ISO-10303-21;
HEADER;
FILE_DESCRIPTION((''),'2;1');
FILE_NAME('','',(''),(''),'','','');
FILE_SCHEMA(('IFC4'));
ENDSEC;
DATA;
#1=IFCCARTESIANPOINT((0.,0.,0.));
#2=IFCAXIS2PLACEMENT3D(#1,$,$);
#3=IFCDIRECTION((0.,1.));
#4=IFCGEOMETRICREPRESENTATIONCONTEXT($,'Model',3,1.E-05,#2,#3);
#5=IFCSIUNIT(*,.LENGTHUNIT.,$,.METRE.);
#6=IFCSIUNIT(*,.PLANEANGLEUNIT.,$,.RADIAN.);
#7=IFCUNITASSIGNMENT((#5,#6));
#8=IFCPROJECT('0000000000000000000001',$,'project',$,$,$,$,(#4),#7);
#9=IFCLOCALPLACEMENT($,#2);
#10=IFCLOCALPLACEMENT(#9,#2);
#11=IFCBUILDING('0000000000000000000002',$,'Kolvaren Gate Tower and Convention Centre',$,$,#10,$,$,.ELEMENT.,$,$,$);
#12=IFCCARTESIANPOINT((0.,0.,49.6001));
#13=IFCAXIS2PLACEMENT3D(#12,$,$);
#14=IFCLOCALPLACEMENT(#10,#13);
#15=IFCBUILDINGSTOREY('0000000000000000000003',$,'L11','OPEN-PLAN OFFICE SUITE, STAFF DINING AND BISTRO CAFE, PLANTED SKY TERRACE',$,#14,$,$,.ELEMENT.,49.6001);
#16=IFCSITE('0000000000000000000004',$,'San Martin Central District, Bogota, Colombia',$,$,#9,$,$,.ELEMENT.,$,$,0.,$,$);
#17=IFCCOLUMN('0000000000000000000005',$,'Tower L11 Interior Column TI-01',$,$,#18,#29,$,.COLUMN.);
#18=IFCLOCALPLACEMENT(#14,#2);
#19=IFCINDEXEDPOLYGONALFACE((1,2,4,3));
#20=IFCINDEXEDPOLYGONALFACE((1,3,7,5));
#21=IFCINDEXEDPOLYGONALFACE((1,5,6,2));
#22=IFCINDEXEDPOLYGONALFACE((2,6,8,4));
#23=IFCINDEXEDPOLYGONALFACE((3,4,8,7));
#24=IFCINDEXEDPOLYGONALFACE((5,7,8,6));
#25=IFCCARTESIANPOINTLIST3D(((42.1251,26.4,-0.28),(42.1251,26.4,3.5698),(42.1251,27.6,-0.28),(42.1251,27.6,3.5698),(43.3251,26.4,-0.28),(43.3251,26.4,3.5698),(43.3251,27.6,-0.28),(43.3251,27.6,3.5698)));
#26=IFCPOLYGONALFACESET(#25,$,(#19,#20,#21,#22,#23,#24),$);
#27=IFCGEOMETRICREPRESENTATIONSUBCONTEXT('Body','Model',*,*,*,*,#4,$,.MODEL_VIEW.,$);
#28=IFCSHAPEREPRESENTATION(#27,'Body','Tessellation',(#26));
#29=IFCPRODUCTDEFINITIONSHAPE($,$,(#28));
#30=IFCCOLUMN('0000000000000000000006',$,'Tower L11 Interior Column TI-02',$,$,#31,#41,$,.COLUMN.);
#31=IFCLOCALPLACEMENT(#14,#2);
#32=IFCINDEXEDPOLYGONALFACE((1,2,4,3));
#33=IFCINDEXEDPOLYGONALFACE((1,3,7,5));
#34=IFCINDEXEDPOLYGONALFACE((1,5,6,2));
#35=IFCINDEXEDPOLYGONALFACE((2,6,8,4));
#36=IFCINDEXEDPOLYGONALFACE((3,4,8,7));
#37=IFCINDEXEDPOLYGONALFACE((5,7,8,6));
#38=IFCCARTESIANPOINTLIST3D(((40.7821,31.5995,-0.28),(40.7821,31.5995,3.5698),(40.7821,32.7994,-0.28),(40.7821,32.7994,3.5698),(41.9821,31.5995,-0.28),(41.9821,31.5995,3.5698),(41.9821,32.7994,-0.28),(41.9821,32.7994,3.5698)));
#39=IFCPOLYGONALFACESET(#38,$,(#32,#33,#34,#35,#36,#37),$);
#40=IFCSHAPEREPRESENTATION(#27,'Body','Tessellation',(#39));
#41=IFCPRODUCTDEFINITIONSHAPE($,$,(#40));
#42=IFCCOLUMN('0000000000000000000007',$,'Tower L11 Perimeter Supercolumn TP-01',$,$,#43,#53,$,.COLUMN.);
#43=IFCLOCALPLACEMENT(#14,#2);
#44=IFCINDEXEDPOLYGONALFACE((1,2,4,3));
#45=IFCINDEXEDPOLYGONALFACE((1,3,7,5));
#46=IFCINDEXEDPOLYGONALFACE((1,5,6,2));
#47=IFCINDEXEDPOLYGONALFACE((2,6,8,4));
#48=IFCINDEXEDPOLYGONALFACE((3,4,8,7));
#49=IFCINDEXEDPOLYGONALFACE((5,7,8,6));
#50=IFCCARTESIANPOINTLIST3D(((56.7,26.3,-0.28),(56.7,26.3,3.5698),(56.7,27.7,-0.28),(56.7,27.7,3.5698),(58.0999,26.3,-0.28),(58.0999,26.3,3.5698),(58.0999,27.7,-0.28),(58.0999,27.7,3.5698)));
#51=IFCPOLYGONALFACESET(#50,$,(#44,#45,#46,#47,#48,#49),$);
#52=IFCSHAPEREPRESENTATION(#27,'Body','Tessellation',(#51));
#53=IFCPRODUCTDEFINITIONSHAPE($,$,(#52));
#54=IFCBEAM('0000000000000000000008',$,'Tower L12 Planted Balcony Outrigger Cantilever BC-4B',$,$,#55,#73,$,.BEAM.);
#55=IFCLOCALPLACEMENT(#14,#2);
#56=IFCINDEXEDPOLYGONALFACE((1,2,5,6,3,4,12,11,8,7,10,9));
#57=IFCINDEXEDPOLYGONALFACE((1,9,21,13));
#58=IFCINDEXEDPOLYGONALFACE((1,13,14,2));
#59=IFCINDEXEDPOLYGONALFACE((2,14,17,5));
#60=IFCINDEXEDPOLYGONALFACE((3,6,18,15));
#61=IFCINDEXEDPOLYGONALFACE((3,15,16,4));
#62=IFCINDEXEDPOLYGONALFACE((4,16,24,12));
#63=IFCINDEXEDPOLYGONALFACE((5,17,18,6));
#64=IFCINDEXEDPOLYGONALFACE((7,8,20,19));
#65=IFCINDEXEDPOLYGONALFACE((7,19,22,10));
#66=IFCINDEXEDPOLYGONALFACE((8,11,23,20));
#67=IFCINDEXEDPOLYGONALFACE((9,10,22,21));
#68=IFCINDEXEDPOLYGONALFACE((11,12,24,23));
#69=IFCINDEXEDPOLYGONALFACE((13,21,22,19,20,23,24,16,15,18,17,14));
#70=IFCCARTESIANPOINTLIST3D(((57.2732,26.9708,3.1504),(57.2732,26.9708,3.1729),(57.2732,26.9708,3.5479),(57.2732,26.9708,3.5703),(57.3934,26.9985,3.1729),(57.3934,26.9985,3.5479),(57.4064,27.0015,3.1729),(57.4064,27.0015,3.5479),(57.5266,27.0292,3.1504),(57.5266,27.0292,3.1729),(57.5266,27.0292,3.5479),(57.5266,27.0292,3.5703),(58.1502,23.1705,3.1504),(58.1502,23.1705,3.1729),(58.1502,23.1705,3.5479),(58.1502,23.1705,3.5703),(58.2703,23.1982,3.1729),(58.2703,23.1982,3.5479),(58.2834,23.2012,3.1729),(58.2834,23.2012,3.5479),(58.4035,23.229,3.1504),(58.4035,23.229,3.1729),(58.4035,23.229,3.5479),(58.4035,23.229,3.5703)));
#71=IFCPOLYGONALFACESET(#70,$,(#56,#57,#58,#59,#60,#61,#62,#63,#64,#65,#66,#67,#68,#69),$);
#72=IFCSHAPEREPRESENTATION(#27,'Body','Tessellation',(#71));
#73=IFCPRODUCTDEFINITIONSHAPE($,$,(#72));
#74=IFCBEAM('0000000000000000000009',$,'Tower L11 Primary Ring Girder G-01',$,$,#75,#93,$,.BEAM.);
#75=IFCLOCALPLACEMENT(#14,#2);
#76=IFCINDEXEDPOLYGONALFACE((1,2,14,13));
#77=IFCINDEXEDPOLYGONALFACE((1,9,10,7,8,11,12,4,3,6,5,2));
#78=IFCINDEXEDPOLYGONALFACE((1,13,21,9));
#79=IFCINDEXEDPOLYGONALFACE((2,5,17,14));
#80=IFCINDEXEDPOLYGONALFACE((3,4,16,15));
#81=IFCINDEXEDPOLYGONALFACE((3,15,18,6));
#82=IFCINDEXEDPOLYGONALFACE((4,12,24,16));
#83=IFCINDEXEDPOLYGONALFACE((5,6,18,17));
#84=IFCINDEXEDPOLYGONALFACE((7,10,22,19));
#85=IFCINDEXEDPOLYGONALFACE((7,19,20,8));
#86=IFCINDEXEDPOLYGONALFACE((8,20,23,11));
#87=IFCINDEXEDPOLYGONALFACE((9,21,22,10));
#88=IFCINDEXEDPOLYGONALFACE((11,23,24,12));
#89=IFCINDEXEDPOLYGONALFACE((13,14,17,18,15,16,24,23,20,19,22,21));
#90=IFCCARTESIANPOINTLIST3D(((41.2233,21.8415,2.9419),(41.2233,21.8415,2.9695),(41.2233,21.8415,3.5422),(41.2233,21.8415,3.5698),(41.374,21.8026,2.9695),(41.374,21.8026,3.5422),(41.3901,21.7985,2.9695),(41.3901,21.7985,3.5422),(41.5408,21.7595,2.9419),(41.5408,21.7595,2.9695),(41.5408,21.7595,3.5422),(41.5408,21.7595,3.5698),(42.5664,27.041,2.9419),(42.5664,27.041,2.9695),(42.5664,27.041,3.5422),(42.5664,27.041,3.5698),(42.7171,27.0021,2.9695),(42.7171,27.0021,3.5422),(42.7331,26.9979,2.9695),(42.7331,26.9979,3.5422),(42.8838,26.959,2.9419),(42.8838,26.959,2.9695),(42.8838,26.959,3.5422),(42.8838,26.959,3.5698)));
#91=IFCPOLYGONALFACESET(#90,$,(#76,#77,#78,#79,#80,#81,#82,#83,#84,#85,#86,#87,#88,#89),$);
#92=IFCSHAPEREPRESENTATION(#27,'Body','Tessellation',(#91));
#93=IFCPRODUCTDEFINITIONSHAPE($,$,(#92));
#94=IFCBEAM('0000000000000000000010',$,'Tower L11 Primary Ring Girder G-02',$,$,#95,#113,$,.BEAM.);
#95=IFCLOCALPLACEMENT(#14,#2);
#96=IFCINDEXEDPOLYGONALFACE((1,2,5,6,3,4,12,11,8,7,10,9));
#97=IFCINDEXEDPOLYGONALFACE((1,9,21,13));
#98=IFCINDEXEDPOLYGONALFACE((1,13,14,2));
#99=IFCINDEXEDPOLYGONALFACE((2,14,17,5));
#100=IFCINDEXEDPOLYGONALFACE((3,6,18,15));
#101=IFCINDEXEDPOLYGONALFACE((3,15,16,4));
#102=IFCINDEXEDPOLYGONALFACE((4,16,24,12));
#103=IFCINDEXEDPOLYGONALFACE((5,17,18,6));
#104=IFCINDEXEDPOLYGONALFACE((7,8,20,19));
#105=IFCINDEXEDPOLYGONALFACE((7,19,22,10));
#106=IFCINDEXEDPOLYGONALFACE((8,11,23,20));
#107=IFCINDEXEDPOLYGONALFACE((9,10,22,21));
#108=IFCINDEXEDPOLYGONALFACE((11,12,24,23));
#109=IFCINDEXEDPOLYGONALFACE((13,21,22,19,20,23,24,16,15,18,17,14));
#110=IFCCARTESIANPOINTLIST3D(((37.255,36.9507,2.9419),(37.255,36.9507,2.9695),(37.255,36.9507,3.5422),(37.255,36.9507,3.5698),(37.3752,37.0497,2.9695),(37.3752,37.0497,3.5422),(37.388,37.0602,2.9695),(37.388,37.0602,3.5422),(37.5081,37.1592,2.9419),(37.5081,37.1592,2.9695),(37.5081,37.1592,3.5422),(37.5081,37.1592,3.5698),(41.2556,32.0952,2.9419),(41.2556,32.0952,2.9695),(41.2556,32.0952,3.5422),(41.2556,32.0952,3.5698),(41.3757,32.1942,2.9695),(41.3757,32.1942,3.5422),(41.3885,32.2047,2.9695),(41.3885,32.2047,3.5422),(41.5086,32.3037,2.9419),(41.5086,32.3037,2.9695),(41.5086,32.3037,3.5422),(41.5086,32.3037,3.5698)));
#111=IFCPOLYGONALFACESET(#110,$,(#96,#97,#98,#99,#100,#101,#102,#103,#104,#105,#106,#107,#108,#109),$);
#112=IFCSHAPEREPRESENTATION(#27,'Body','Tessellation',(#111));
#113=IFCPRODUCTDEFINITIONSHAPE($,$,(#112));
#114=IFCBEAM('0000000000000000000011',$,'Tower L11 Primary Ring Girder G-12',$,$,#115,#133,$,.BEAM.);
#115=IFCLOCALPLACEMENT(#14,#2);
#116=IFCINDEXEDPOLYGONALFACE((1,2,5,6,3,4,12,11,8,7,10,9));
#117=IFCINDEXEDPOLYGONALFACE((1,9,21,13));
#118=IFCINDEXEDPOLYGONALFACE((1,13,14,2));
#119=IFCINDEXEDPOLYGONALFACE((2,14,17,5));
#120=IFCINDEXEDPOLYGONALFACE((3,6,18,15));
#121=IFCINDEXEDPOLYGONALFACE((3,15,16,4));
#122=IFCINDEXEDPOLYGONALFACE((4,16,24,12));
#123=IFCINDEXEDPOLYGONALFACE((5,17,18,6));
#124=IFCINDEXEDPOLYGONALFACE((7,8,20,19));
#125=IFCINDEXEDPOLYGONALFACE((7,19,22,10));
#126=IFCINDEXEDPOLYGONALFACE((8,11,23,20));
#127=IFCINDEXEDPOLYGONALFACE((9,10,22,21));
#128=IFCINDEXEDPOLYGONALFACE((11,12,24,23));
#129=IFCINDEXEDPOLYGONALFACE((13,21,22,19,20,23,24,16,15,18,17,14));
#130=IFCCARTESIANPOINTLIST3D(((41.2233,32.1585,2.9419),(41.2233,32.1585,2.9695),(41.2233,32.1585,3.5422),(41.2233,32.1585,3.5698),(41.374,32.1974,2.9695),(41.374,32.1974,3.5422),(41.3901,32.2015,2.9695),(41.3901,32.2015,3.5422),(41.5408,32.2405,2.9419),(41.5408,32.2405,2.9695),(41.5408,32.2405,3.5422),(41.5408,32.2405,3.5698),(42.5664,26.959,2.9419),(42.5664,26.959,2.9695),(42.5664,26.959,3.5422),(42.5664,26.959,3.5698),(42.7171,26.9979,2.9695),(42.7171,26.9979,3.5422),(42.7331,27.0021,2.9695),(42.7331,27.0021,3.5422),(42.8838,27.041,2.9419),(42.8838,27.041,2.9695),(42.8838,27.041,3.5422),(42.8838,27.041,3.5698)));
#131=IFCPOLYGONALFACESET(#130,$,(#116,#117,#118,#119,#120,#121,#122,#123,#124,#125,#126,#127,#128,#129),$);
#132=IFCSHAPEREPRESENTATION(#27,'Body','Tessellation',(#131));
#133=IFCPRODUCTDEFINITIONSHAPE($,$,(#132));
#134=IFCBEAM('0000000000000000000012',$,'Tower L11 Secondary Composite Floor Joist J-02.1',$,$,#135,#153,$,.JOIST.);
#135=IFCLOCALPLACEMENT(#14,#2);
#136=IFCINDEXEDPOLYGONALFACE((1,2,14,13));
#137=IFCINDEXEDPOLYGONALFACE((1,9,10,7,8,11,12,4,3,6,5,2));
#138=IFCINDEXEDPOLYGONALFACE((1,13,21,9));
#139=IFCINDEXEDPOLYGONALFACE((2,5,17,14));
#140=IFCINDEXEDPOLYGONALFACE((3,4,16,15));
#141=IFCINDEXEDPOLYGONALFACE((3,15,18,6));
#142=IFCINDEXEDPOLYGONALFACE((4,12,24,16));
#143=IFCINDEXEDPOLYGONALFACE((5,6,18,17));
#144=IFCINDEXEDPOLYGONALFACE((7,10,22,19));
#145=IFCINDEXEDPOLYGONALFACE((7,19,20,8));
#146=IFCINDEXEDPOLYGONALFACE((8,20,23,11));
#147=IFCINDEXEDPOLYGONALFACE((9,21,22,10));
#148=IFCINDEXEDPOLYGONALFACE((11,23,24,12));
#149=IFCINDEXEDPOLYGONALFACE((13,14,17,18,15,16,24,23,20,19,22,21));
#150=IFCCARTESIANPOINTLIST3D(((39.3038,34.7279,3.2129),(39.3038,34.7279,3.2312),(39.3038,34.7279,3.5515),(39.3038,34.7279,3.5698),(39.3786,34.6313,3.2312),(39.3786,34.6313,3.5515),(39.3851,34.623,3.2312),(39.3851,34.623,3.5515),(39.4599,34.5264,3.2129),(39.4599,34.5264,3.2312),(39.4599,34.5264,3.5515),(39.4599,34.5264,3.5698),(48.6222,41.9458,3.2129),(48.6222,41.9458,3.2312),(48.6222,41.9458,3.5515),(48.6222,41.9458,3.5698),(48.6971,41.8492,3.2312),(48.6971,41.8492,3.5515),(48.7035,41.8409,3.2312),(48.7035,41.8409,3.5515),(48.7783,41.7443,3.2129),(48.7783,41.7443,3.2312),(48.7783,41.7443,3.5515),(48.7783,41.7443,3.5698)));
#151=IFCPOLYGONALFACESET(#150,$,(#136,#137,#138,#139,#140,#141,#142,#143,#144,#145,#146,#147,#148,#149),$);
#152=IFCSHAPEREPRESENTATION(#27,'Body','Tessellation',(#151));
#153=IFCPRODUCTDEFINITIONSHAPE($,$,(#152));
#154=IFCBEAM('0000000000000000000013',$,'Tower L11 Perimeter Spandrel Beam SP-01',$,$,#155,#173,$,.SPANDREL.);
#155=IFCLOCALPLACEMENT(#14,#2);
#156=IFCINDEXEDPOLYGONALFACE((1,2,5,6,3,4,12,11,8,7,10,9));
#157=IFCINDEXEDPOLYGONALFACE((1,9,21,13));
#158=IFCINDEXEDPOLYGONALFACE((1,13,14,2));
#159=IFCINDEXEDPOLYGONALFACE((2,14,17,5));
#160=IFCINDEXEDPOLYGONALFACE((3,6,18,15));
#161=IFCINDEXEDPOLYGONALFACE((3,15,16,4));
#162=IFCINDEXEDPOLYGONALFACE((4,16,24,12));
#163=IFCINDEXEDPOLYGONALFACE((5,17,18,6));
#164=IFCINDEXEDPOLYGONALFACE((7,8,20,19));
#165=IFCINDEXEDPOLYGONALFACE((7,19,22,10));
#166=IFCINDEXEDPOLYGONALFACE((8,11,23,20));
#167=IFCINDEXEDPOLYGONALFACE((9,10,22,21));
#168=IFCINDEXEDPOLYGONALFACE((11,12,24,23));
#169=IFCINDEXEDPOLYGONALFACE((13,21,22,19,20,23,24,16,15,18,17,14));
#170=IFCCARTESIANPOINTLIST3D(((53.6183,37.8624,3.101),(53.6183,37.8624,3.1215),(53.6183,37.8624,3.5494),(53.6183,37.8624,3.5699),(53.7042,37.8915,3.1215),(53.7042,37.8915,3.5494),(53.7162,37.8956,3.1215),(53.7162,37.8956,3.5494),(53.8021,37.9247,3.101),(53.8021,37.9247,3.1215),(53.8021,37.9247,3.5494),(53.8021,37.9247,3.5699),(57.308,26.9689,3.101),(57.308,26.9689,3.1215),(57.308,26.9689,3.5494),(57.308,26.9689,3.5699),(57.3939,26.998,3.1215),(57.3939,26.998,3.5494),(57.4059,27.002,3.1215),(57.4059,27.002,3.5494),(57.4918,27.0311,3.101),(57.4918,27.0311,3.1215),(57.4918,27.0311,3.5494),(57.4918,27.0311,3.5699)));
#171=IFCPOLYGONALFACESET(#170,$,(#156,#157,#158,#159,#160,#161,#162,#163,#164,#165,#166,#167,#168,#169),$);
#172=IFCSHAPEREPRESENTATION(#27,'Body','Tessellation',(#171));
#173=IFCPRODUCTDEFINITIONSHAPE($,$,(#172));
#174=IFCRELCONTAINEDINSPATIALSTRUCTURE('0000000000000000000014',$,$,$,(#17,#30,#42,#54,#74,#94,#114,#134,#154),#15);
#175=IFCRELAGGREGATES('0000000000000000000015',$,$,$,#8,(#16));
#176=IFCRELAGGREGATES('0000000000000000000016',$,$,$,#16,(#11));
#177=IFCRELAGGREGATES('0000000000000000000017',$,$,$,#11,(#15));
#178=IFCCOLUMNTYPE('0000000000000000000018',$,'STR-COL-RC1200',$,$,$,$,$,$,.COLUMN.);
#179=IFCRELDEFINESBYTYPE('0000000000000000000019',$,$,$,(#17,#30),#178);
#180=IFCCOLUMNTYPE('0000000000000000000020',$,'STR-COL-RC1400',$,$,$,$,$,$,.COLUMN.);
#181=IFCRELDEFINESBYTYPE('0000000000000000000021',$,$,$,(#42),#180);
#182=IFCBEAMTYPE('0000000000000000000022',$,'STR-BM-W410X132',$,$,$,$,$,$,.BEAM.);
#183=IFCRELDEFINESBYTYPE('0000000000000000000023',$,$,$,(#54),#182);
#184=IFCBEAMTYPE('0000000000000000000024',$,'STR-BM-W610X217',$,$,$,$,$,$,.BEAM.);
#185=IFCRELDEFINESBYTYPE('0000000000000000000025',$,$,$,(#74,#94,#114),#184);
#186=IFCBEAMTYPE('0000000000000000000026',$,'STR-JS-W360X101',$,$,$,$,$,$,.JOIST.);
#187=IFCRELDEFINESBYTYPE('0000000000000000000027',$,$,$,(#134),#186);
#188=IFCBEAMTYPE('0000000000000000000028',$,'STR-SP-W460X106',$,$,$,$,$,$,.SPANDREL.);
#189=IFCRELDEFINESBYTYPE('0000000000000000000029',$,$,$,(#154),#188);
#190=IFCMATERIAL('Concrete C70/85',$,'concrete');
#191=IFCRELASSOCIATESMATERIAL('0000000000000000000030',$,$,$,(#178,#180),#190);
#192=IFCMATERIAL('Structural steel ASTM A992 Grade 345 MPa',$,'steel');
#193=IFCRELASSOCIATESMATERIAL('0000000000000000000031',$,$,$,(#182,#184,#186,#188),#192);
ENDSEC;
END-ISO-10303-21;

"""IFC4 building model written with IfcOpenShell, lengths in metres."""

from ifc_helpers import new_model, si_unit, direction, frame, origin, origin_2d, place, context, subcontext, project, spatial, rectangle, i_section, extrude, material, material_profile, profile_set, type_object, element, save


model = new_model("IFC4")

# Units and contexts
model_context = context("Model", 3, precision=1e-05, world=origin(), true_north=direction((0.0, 1.0)))
body_context = subcontext(model_context, "Body", "Model", "MODEL_VIEW")
ifc_project = project(units=[si_unit("LENGTHUNIT", "METRE"), si_unit("PLANEANGLEUNIT", "RADIAN")], contexts=[model_context])

# Site, building, storey
site_placement = place(None, origin())
site = spatial("IfcSite", under=ifc_project, at=site_placement, Name="San Martin Central District, Bogota, Colombia", CompositionType="ELEMENT", RefElevation=0.0)
building_placement = place(site_placement, origin())
building = spatial("IfcBuilding", under=site, at=building_placement, Name="Kolvaren Gate Tower and Convention Centre", CompositionType="ELEMENT")
storey_placement = place(building_placement, frame((0.0, 0.0, 49.6001)))
storey = spatial("IfcBuildingStorey", under=building, at=storey_placement, Name="L11", Description="OPEN-PLAN OFFICE SUITE, STAFF DINING AND BISTRO CAFE, PLANTED SKY TERRACE", CompositionType="ELEMENT", Elevation=49.6001)

# Columns
ifc_material_1 = material(Name="Concrete C70/85", Category="concrete")
ifc_material_profile_1 = material_profile(ifc_material_1, rectangle(XDim=1.2, YDim=1.2, at=origin_2d()), Name="RC-COL-1200X1200")
ifc_profile_set_1 = profile_set([ifc_material_profile_1], Name="Concrete C70/85")
column_type_1 = type_object("IfcColumnType", Name="STR-COL-RC1200", PredefinedType="COLUMN", material=ifc_profile_set_1)
for number, where, z_axis, x_axis, name in (
    (1, (42.7251, 27.0, -0.28), (0.0, 0.0, 1.0), (1.0, 0.0, 0.0), "Tower L11 Interior Column TI-01"),
    (2, (41.3821, 32.1995, -0.28), (0.0, 0.0, 1.0), (1.0, 0.0, 0.0), "Tower L11 Interior Column TI-02"),
):
    element("IfcColumn", number, at=place(storey_placement, frame(where, z_axis=z_axis, x_axis=x_axis)), inside=storey, type_object=column_type_1, Name=name, PredefinedType="COLUMN", context=body_context, shape_type="SweptSolid", body=[
        extrude(rectangle(XDim=1.2, YDim=1.2, at=origin_2d()), origin(), (0.0, 0.0, 1.0), 3.8499),
    ])
ifc_material_profile_2 = material_profile(ifc_material_1, rectangle(XDim=1.3999, YDim=1.3999, at=origin_2d()), Name="RC-COL-1400X1400")
ifc_profile_set_2 = profile_set([ifc_material_profile_2], Name="Concrete C70/85")
column_type_2 = type_object("IfcColumnType", Name="STR-COL-RC1400", PredefinedType="COLUMN", material=ifc_profile_set_2)
column_placement = place(storey_placement, frame((57.3999, 27.0, -0.28), z_axis=(0.0, 0.0, 1.0), x_axis=(1.0, 0.0, 0.0)))
element("IfcColumn", 3, at=column_placement, inside=storey, type_object=column_type_2, Name="Tower L11 Perimeter Supercolumn TP-01", PredefinedType="COLUMN", context=body_context, shape_type="SweptSolid", body=[
    extrude(rectangle(XDim=1.3999, YDim=1.3999, at=origin_2d()), origin(), (0.0, 0.0, 1.0), 3.8499),
])

# Beams
ifc_material_2 = material(Name="Structural steel ASTM A992 Grade 345 MPa", Category="steel")
ifc_material_profile_3 = material_profile(ifc_material_2, i_section(OverallWidth=0.26, OverallDepth=0.4199, WebThickness=0.0134, FlangeThickness=0.0225, at=origin_2d()), Name="W410X132")
ifc_profile_set_3 = profile_set([ifc_material_profile_3], Name="Structural steel ASTM A992 Grade 345 MPa")
beam_type_1 = type_object("IfcBeamType", Name="STR-BM-W410X132", PredefinedType="BEAM", material=ifc_profile_set_3)
beam_1_placement = place(storey_placement, frame((57.3999, 27.0, 3.3604), z_axis=(0.22485, -0.974393, 0.0), x_axis=(0.974393, 0.22485, 0.0)))
element("IfcBeam", 4, at=beam_1_placement, inside=storey, type_object=beam_type_1, Name="Tower L12 Planted Balcony Outrigger Cantilever BC-4B", PredefinedType="BEAM", context=body_context, shape_type="SweptSolid", body=[
    extrude(i_section(OverallWidth=0.26, OverallDepth=0.4199, WebThickness=0.0134, FlangeThickness=0.0225, at=origin_2d()), origin(), (0.0, 0.0, 1.0), 3.9001),
])
ifc_material_profile_4 = material_profile(ifc_material_2, i_section(OverallWidth=0.3279, OverallDepth=0.6279, WebThickness=0.0166, FlangeThickness=0.0276, at=origin_2d()), Name="W610X217")
ifc_profile_set_4 = profile_set([ifc_material_profile_4], Name="Structural steel ASTM A992 Grade 345 MPa")
beam_type_2 = type_object("IfcBeamType", Name="STR-BM-W610X217", PredefinedType="BEAM", material=ifc_profile_set_4)
beam_2_placement = place(storey_placement, frame((42.7251, 27.0, 3.2559), z_axis=(-0.250091, -0.968222, 0.0), x_axis=(0.968222, -0.250091, 0.0)))
element("IfcBeam", 5, at=beam_2_placement, inside=storey, type_object=beam_type_2, Name="Tower L11 Primary Ring Girder G-01", PredefinedType="BEAM", context=body_context, shape_type="SweptSolid", body=[
    extrude(i_section(OverallWidth=0.3279, OverallDepth=0.6279, WebThickness=0.0166, FlangeThickness=0.0276, at=origin_2d()), origin(), (0.0, 0.0, 1.0), 5.3701),
])
beam_3_placement = place(storey_placement, frame((41.3821, 32.1995, 3.2559), z_axis=(-0.635884, 0.771785, 0.0), x_axis=(-0.771785, -0.635884, 0.0)))
element("IfcBeam", 6, at=beam_3_placement, inside=storey, type_object=beam_type_2, Name="Tower L11 Primary Ring Girder G-02", PredefinedType="BEAM", context=body_context, shape_type="SweptSolid", body=[
    extrude(i_section(OverallWidth=0.3279, OverallDepth=0.6279, WebThickness=0.0166, FlangeThickness=0.0276, at=origin_2d()), origin(), (0.0, 0.0, 1.0), 6.2913),
])
beam_4_placement = place(storey_placement, frame((42.7251, 27.0, 3.2559), z_axis=(-0.250091, 0.968222, 0.0), x_axis=(-0.968222, -0.250091, 0.0)))
element("IfcBeam", 7, at=beam_4_placement, inside=storey, type_object=beam_type_2, Name="Tower L11 Primary Ring Girder G-12", PredefinedType="BEAM", context=body_context, shape_type="SweptSolid", body=[
    extrude(i_section(OverallWidth=0.3279, OverallDepth=0.6279, WebThickness=0.0166, FlangeThickness=0.0276, at=origin_2d()), origin(), (0.0, 0.0, 1.0), 5.3701),
])
ifc_material_profile_5 = material_profile(ifc_material_2, i_section(OverallWidth=0.2549, OverallDepth=0.3569, WebThickness=0.0105, FlangeThickness=0.0183, at=origin_2d()), Name="W360X101")
ifc_profile_set_5 = profile_set([ifc_material_profile_5], Name="Structural steel ASTM A992 Grade 345 MPa")
beam_type_3 = type_object("IfcBeamType", Name="STR-JS-W360X101", PredefinedType="JOIST", material=ifc_profile_set_5)
beam_5_placement = place(storey_placement, frame((39.3818, 34.6272, 3.3914), z_axis=(0.790577, 0.612362, 0.0), x_axis=(-0.612362, 0.790577, 0.0)))
element("IfcBeam", 8, at=beam_5_placement, inside=storey, type_object=beam_type_3, Name="Tower L11 Secondary Composite Floor Joist J-02.1", PredefinedType="JOIST", context=body_context, shape_type="SweptSolid", body=[
    extrude(i_section(OverallWidth=0.2549, OverallDepth=0.3569, WebThickness=0.0105, FlangeThickness=0.0183, at=origin_2d()), origin(), (0.0, 0.0, 1.0), 11.7869),
])
ifc_material_profile_6 = material_profile(ifc_material_2, i_section(OverallWidth=0.1941, OverallDepth=0.469, WebThickness=0.0127, FlangeThickness=0.0205, at=origin_2d()), Name="W460X106")
ifc_profile_set_6 = profile_set([ifc_material_profile_6], Name="Structural steel ASTM A992 Grade 345 MPa")
beam_type_4 = type_object("IfcBeamType", Name="STR-SP-W460X106", PredefinedType="SPANDREL", material=ifc_profile_set_6)
beam_6_placement = place(storey_placement, frame((57.3999, 27.0, 3.3354), z_axis=(-0.320803, 0.947146, 0.0), x_axis=(-0.947146, -0.320803, 0.0)))
element("IfcBeam", 9, at=beam_6_placement, inside=storey, type_object=beam_type_4, Name="Tower L11 Perimeter Spandrel Beam SP-01", PredefinedType="SPANDREL", context=body_context, shape_type="SweptSolid", body=[
    extrude(i_section(OverallWidth=0.1941, OverallDepth=0.469, WebThickness=0.0127, FlangeThickness=0.0205, at=origin_2d()), origin(), (0.0, 0.0, 1.0), 11.5015),
])

save(model, "model.ifc")
